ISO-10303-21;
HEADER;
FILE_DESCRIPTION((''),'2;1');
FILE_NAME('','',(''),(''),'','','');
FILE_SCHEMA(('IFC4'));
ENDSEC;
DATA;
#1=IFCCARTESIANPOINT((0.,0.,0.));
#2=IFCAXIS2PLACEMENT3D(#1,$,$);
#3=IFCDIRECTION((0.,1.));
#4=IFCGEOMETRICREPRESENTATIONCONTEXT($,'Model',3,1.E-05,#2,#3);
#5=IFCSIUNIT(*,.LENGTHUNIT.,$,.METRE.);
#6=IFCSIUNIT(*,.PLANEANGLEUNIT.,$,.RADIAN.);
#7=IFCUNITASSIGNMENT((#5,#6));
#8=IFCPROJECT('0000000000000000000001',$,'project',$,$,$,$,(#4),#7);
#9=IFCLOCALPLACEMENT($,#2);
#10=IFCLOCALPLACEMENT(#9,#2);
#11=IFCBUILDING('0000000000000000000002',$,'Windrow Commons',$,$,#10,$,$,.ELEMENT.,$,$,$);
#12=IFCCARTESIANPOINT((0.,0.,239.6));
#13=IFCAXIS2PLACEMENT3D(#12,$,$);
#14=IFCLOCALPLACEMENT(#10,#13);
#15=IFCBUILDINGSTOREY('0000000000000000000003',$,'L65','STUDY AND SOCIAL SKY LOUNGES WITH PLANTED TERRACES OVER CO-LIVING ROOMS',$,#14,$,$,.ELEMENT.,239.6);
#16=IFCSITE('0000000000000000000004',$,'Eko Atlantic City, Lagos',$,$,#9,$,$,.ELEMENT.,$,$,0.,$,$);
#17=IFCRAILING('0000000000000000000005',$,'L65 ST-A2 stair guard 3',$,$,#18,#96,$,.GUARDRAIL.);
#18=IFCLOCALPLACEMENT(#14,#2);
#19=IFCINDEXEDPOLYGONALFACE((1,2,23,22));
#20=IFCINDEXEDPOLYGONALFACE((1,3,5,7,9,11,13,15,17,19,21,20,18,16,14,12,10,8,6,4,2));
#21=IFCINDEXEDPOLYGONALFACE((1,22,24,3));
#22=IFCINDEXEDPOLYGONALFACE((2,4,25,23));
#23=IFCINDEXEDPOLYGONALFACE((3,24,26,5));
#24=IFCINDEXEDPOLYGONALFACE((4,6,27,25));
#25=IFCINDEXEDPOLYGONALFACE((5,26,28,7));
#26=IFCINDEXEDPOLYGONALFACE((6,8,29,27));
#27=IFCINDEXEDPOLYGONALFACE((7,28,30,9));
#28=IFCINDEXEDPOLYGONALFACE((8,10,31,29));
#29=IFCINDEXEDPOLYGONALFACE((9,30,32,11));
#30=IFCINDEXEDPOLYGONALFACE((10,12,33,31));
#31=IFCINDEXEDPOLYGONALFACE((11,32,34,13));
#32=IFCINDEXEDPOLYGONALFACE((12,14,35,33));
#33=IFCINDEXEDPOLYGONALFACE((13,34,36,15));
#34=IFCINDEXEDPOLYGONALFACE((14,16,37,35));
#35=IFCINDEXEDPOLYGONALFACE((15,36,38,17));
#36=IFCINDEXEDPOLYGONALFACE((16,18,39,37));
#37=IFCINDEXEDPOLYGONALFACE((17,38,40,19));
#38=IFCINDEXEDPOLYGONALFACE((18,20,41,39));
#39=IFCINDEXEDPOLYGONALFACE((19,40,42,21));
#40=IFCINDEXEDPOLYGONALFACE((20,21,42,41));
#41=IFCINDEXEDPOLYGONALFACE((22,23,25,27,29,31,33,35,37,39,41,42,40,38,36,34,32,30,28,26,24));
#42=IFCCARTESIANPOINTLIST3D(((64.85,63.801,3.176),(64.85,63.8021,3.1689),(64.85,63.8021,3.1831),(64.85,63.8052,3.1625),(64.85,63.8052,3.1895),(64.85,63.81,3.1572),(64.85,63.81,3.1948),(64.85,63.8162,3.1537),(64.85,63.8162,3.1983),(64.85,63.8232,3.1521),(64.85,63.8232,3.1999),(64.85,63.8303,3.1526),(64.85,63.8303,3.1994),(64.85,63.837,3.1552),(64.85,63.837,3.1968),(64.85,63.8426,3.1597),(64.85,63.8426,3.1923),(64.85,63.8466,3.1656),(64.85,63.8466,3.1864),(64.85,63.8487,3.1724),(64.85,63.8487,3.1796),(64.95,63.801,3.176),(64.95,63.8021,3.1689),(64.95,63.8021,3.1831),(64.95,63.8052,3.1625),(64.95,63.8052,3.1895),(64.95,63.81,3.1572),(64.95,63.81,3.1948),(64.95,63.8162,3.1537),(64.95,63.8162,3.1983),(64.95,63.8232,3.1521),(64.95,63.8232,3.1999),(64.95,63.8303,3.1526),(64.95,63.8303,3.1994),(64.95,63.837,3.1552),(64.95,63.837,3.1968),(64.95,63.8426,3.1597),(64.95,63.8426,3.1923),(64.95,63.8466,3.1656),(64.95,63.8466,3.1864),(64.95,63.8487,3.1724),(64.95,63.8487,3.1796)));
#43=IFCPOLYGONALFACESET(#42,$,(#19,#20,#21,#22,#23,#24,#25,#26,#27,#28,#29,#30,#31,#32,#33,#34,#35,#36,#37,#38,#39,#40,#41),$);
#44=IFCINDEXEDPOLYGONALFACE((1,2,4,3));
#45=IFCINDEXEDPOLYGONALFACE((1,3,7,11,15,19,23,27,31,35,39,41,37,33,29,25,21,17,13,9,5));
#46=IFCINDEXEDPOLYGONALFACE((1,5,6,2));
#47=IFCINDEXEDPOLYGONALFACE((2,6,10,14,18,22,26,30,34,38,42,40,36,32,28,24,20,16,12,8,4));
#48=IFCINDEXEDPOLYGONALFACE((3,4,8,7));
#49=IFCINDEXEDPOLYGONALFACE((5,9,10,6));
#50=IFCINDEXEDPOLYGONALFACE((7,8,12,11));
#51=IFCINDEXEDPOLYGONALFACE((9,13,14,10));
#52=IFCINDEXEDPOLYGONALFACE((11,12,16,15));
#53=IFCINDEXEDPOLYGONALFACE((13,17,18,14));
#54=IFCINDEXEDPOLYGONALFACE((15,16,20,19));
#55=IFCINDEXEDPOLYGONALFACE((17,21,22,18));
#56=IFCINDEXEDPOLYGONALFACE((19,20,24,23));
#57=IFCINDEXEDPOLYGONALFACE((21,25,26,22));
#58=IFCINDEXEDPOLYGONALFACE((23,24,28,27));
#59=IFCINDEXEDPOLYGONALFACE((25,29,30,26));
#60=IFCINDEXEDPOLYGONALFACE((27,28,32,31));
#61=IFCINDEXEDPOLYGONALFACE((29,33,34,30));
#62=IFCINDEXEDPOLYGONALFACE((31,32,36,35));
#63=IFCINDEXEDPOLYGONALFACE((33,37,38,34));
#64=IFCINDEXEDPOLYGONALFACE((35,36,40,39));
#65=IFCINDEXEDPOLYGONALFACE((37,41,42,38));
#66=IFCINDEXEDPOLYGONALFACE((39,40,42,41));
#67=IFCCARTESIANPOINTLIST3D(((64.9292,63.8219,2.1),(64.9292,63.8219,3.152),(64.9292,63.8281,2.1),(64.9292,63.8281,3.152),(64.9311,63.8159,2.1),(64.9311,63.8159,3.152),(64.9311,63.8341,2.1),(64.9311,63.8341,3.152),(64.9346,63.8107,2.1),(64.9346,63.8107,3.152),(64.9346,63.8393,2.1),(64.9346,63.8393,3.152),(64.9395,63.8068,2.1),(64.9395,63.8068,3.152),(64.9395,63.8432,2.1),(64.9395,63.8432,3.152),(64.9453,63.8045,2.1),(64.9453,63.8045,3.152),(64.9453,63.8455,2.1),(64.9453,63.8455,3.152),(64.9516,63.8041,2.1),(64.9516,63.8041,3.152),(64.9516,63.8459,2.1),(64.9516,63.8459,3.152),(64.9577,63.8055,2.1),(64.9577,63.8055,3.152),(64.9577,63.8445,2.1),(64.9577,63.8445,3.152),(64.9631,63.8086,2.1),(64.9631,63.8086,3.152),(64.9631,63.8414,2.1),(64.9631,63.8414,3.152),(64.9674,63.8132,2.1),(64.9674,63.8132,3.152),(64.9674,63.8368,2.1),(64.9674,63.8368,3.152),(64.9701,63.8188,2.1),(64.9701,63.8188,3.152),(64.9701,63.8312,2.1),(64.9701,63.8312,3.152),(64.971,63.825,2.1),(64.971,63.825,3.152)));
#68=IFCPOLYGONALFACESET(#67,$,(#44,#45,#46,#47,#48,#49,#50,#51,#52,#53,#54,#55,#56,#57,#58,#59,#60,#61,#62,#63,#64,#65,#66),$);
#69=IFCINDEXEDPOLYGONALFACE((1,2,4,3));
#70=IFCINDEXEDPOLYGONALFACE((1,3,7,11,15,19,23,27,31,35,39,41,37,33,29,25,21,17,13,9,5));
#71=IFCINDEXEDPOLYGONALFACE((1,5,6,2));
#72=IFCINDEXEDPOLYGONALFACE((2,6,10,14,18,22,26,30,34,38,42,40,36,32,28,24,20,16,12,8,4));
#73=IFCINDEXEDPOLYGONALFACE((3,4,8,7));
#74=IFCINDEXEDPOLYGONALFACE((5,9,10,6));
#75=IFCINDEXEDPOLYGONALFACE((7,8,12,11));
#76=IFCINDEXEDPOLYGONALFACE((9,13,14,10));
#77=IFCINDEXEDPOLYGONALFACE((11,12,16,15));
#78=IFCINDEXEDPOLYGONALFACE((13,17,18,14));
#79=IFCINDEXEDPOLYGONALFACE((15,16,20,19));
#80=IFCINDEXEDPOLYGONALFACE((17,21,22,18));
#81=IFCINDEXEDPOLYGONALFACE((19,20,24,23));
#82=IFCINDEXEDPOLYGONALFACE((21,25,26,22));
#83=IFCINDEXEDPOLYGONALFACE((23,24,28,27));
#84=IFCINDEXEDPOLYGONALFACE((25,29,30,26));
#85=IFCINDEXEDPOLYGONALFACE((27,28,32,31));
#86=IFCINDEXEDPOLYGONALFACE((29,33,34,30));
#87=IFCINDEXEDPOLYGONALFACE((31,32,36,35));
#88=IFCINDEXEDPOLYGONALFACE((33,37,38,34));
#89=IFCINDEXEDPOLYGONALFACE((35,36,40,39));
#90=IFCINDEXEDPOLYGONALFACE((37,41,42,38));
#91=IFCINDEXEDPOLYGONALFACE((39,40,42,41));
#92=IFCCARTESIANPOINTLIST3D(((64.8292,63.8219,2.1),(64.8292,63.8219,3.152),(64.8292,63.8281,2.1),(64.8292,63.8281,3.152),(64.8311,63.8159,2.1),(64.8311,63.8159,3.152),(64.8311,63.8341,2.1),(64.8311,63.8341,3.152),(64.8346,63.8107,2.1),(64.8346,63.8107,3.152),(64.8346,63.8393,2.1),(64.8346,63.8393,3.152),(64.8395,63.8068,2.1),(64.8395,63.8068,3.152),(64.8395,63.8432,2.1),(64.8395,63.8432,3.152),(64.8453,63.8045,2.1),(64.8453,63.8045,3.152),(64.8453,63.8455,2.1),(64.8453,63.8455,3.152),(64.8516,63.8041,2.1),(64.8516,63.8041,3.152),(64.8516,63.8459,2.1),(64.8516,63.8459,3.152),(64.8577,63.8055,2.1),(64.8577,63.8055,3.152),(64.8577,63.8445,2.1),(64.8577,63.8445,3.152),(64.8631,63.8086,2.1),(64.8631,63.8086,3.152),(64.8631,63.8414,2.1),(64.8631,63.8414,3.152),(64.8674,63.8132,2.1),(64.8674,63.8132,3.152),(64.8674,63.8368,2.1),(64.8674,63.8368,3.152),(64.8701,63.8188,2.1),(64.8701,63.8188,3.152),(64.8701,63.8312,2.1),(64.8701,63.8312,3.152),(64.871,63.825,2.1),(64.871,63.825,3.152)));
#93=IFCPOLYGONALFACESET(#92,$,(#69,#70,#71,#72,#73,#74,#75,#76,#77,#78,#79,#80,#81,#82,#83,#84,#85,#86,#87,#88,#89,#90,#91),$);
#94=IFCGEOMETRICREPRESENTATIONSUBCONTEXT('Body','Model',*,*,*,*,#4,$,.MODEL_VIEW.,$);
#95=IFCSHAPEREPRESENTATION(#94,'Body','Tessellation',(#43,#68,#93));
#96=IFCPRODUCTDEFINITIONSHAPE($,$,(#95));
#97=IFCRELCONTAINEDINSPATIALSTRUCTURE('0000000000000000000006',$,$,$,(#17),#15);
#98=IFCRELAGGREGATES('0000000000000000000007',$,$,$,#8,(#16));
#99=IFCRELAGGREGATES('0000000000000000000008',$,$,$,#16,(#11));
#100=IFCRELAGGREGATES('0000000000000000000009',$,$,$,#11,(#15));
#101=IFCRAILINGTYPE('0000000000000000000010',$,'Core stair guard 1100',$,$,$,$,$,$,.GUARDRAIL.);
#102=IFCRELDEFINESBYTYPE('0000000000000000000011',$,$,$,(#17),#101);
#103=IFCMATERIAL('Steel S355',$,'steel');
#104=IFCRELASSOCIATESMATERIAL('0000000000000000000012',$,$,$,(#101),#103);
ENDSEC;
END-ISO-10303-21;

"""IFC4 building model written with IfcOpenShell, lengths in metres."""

from ifc_helpers import new_model, si_unit, direction, frame, origin, origin_2d, place, context, subcontext, project, spatial, circle, extrude, material, type_object, element, save


model = new_model("IFC4")

# Units and contexts
model_context = context("Model", 3, precision=1e-05, world=origin(), true_north=direction((0.0, 1.0)))
body_context = subcontext(model_context, "Body", "Model", "MODEL_VIEW")
ifc_project = project(units=[si_unit("LENGTHUNIT", "METRE"), si_unit("PLANEANGLEUNIT", "RADIAN")], contexts=[model_context])

# Site, building, storey
site_placement = place(None, origin())
site = spatial("IfcSite", under=ifc_project, at=site_placement, Name="Eko Atlantic City, Lagos", CompositionType="ELEMENT", RefElevation=0.0)
building_placement = place(site_placement, origin())
building = spatial("IfcBuilding", under=site, at=building_placement, Name="Windrow Commons", CompositionType="ELEMENT")
storey_placement = place(building_placement, frame((0.0, 0.0, 239.6)))
storey = spatial("IfcBuildingStorey", under=building, at=storey_placement, Name="L65", Description="STUDY AND SOCIAL SKY LOUNGES WITH PLANTED TERRACES OVER CO-LIVING ROOMS", CompositionType="ELEMENT", Elevation=239.6)

# Railing
ifc_material_1 = material(Name="Steel S355", Category="steel")
railing_type_1 = type_object("IfcRailingType", Name="Core stair guard 1100", PredefinedType="GUARDRAIL", material=ifc_material_1)
railing_1_placement = place(storey_placement, frame((64.95, 63.825, 2.1)))
element("IfcRailing", 1, at=railing_1_placement, inside=storey, type_object=railing_type_1, Name="L65 ST-A2 stair guard 3", PredefinedType="GUARDRAIL", context=body_context, shape_type="SweptSolid", body=[
    extrude(circle(Radius=0.024, at=origin_2d()), frame((0.0, 0.0, 1.076), z_axis=(-1.0, 0.0, 0.0), x_axis=(0.0, -1.0, 0.0)), (0.0, 0.0, 1.0), 0.1),
    extrude(circle(Radius=0.021, at=origin_2d()), origin(), (0.0, 0.0, 1.0), 1.052),
    extrude(circle(Radius=0.021, at=origin_2d()), frame((-0.1, 0.0, 0.0)), (0.0, 0.0, 1.0), 1.052),
])

save(model, "model.ifc")
